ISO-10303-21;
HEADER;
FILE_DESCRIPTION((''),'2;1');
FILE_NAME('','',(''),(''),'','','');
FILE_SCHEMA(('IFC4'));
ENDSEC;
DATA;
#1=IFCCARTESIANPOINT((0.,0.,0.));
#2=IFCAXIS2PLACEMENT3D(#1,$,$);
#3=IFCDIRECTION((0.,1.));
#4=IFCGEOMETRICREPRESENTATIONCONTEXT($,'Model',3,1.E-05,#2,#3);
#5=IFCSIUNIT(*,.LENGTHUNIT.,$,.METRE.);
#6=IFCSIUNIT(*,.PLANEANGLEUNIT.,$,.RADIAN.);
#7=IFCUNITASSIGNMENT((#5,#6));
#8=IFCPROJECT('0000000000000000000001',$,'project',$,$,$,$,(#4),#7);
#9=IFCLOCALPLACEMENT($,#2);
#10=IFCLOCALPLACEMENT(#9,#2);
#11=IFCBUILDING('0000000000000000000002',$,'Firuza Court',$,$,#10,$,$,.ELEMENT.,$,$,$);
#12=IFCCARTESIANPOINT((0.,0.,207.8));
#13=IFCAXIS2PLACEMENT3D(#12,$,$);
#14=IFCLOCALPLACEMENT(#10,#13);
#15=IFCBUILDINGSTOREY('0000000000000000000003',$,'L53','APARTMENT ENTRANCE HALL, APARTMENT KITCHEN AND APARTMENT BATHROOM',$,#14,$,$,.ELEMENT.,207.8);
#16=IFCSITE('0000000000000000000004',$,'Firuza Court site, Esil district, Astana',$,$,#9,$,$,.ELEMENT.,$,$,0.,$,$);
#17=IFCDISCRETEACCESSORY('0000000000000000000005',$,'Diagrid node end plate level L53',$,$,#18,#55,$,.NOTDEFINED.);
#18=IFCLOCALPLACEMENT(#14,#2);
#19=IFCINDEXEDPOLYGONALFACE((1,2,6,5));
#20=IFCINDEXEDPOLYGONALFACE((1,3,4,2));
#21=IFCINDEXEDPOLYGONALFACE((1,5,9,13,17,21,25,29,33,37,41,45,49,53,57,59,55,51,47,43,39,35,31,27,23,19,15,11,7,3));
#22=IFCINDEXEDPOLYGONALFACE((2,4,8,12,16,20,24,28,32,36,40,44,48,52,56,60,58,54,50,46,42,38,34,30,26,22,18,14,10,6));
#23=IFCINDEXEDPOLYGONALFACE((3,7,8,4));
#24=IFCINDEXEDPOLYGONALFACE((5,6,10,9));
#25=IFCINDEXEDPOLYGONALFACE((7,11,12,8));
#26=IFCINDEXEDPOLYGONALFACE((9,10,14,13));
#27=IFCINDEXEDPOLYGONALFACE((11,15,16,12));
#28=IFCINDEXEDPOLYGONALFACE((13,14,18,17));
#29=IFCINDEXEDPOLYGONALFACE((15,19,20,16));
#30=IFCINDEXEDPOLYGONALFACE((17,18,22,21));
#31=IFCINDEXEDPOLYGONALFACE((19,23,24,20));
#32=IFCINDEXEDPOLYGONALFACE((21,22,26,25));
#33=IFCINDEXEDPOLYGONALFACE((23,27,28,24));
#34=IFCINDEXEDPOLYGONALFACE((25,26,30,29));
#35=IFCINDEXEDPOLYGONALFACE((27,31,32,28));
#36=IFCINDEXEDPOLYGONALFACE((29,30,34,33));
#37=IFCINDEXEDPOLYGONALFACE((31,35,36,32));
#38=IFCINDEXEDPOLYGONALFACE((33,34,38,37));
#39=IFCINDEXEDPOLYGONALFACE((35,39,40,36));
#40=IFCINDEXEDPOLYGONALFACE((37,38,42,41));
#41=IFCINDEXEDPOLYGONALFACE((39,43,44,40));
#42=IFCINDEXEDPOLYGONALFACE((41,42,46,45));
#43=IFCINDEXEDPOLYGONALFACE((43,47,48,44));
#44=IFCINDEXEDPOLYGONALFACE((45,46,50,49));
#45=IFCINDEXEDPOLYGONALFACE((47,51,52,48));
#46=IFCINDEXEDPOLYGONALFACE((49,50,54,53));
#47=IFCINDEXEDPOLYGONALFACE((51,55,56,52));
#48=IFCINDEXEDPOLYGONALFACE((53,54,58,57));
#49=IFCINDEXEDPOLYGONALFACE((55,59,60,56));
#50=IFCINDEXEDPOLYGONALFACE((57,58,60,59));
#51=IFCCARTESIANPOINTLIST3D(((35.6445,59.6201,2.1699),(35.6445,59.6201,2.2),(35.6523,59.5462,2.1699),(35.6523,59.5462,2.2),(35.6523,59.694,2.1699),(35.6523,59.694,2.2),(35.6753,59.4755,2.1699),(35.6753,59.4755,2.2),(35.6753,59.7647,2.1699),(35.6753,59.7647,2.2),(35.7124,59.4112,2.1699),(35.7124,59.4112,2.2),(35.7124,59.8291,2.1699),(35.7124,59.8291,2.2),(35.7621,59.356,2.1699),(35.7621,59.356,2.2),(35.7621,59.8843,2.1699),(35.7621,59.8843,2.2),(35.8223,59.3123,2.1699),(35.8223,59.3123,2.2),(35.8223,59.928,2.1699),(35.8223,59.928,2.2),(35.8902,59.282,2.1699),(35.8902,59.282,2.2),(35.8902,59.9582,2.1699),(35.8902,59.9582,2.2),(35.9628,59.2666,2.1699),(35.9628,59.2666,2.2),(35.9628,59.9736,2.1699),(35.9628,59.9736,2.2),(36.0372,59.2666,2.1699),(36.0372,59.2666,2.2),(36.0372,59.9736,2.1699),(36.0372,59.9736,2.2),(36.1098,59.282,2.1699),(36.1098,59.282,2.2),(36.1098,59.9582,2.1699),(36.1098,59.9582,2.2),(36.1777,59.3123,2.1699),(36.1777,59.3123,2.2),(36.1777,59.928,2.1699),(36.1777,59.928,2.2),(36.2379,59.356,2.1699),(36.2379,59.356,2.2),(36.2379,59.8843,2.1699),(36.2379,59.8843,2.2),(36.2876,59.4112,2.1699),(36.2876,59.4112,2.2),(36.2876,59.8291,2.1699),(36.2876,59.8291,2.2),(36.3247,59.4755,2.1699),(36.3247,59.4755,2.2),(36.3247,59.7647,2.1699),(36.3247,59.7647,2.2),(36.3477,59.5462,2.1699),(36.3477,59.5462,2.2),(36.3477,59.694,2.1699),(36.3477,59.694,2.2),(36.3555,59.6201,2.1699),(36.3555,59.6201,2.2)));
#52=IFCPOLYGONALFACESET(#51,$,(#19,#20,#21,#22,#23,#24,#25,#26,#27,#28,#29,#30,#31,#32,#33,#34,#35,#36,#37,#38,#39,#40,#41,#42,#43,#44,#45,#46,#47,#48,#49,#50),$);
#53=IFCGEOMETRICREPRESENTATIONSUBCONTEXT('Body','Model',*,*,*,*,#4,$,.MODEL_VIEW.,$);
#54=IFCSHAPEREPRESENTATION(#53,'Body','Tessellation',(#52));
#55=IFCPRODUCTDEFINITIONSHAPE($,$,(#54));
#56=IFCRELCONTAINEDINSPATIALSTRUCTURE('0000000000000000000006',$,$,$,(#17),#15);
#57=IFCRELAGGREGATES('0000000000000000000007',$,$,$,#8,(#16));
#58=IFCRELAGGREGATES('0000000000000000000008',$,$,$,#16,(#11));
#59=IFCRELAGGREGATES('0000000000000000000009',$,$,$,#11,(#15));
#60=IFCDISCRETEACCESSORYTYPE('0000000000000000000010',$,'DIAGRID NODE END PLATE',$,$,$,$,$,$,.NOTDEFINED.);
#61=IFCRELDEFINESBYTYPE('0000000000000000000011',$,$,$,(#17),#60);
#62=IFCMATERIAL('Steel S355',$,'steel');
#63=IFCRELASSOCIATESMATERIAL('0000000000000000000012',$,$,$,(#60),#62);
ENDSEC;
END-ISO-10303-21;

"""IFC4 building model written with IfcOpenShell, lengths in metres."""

from ifc_helpers import new_model, si_unit, direction, frame, origin, origin_2d, place, context, subcontext, project, spatial, circle, extrude, material, material_profile, profile_set, type_object, element, save


model = new_model("IFC4")

# Units and contexts
model_context = context("Model", 3, precision=1e-05, world=origin(), true_north=direction((0.0, 1.0)))
body_context = subcontext(model_context, "Body", "Model", "MODEL_VIEW")
ifc_project = project(units=[si_unit("LENGTHUNIT", "METRE"), si_unit("PLANEANGLEUNIT", "RADIAN")], contexts=[model_context])

# Site, building, storey
site_placement = place(None, origin())
site = spatial("IfcSite", under=ifc_project, at=site_placement, Name="Firuza Court site, Esil district, Astana", CompositionType="ELEMENT", RefElevation=0.0)
building_placement = place(site_placement, origin())
building = spatial("IfcBuilding", under=site, at=building_placement, Name="Firuza Court", CompositionType="ELEMENT")
storey_placement = place(building_placement, frame((0.0, 0.0, 207.8)))
storey = spatial("IfcBuildingStorey", under=building, at=storey_placement, Name="L53", Description="APARTMENT ENTRANCE HALL, APARTMENT KITCHEN AND APARTMENT BATHROOM", CompositionType="ELEMENT", Elevation=207.8)

# Discrete accessory
ifc_material_1 = material(Name="Steel S355", Category="steel")
ifc_material_profile_1 = material_profile(ifc_material_1, circle(Radius=0.3555, at=origin_2d()), Name="PL D711")
ifc_profile_set_1 = profile_set([ifc_material_profile_1], Name="Steel S355")
discrete_accessory_type = type_object("IfcDiscreteAccessoryType", Name="DIAGRID NODE END PLATE", PredefinedType="NOTDEFINED", material=ifc_profile_set_1)
discrete_accessory_1_placement = place(storey_placement, frame((36.0, 59.6201, 2.1699), z_axis=(0.0, 0.0, 1.0), x_axis=(1.0, 0.0, 0.0)))
element("IfcDiscreteAccessory", 1, at=discrete_accessory_1_placement, inside=storey, type_object=discrete_accessory_type, Name="Diagrid node end plate level L53", PredefinedType="NOTDEFINED", context=body_context, shape_type="SweptSolid", body=[
    extrude(circle(Radius=0.3555, at=origin_2d()), origin(), (0.0, 0.0, 1.0), 0.03),
])

save(model, "model.ifc")
